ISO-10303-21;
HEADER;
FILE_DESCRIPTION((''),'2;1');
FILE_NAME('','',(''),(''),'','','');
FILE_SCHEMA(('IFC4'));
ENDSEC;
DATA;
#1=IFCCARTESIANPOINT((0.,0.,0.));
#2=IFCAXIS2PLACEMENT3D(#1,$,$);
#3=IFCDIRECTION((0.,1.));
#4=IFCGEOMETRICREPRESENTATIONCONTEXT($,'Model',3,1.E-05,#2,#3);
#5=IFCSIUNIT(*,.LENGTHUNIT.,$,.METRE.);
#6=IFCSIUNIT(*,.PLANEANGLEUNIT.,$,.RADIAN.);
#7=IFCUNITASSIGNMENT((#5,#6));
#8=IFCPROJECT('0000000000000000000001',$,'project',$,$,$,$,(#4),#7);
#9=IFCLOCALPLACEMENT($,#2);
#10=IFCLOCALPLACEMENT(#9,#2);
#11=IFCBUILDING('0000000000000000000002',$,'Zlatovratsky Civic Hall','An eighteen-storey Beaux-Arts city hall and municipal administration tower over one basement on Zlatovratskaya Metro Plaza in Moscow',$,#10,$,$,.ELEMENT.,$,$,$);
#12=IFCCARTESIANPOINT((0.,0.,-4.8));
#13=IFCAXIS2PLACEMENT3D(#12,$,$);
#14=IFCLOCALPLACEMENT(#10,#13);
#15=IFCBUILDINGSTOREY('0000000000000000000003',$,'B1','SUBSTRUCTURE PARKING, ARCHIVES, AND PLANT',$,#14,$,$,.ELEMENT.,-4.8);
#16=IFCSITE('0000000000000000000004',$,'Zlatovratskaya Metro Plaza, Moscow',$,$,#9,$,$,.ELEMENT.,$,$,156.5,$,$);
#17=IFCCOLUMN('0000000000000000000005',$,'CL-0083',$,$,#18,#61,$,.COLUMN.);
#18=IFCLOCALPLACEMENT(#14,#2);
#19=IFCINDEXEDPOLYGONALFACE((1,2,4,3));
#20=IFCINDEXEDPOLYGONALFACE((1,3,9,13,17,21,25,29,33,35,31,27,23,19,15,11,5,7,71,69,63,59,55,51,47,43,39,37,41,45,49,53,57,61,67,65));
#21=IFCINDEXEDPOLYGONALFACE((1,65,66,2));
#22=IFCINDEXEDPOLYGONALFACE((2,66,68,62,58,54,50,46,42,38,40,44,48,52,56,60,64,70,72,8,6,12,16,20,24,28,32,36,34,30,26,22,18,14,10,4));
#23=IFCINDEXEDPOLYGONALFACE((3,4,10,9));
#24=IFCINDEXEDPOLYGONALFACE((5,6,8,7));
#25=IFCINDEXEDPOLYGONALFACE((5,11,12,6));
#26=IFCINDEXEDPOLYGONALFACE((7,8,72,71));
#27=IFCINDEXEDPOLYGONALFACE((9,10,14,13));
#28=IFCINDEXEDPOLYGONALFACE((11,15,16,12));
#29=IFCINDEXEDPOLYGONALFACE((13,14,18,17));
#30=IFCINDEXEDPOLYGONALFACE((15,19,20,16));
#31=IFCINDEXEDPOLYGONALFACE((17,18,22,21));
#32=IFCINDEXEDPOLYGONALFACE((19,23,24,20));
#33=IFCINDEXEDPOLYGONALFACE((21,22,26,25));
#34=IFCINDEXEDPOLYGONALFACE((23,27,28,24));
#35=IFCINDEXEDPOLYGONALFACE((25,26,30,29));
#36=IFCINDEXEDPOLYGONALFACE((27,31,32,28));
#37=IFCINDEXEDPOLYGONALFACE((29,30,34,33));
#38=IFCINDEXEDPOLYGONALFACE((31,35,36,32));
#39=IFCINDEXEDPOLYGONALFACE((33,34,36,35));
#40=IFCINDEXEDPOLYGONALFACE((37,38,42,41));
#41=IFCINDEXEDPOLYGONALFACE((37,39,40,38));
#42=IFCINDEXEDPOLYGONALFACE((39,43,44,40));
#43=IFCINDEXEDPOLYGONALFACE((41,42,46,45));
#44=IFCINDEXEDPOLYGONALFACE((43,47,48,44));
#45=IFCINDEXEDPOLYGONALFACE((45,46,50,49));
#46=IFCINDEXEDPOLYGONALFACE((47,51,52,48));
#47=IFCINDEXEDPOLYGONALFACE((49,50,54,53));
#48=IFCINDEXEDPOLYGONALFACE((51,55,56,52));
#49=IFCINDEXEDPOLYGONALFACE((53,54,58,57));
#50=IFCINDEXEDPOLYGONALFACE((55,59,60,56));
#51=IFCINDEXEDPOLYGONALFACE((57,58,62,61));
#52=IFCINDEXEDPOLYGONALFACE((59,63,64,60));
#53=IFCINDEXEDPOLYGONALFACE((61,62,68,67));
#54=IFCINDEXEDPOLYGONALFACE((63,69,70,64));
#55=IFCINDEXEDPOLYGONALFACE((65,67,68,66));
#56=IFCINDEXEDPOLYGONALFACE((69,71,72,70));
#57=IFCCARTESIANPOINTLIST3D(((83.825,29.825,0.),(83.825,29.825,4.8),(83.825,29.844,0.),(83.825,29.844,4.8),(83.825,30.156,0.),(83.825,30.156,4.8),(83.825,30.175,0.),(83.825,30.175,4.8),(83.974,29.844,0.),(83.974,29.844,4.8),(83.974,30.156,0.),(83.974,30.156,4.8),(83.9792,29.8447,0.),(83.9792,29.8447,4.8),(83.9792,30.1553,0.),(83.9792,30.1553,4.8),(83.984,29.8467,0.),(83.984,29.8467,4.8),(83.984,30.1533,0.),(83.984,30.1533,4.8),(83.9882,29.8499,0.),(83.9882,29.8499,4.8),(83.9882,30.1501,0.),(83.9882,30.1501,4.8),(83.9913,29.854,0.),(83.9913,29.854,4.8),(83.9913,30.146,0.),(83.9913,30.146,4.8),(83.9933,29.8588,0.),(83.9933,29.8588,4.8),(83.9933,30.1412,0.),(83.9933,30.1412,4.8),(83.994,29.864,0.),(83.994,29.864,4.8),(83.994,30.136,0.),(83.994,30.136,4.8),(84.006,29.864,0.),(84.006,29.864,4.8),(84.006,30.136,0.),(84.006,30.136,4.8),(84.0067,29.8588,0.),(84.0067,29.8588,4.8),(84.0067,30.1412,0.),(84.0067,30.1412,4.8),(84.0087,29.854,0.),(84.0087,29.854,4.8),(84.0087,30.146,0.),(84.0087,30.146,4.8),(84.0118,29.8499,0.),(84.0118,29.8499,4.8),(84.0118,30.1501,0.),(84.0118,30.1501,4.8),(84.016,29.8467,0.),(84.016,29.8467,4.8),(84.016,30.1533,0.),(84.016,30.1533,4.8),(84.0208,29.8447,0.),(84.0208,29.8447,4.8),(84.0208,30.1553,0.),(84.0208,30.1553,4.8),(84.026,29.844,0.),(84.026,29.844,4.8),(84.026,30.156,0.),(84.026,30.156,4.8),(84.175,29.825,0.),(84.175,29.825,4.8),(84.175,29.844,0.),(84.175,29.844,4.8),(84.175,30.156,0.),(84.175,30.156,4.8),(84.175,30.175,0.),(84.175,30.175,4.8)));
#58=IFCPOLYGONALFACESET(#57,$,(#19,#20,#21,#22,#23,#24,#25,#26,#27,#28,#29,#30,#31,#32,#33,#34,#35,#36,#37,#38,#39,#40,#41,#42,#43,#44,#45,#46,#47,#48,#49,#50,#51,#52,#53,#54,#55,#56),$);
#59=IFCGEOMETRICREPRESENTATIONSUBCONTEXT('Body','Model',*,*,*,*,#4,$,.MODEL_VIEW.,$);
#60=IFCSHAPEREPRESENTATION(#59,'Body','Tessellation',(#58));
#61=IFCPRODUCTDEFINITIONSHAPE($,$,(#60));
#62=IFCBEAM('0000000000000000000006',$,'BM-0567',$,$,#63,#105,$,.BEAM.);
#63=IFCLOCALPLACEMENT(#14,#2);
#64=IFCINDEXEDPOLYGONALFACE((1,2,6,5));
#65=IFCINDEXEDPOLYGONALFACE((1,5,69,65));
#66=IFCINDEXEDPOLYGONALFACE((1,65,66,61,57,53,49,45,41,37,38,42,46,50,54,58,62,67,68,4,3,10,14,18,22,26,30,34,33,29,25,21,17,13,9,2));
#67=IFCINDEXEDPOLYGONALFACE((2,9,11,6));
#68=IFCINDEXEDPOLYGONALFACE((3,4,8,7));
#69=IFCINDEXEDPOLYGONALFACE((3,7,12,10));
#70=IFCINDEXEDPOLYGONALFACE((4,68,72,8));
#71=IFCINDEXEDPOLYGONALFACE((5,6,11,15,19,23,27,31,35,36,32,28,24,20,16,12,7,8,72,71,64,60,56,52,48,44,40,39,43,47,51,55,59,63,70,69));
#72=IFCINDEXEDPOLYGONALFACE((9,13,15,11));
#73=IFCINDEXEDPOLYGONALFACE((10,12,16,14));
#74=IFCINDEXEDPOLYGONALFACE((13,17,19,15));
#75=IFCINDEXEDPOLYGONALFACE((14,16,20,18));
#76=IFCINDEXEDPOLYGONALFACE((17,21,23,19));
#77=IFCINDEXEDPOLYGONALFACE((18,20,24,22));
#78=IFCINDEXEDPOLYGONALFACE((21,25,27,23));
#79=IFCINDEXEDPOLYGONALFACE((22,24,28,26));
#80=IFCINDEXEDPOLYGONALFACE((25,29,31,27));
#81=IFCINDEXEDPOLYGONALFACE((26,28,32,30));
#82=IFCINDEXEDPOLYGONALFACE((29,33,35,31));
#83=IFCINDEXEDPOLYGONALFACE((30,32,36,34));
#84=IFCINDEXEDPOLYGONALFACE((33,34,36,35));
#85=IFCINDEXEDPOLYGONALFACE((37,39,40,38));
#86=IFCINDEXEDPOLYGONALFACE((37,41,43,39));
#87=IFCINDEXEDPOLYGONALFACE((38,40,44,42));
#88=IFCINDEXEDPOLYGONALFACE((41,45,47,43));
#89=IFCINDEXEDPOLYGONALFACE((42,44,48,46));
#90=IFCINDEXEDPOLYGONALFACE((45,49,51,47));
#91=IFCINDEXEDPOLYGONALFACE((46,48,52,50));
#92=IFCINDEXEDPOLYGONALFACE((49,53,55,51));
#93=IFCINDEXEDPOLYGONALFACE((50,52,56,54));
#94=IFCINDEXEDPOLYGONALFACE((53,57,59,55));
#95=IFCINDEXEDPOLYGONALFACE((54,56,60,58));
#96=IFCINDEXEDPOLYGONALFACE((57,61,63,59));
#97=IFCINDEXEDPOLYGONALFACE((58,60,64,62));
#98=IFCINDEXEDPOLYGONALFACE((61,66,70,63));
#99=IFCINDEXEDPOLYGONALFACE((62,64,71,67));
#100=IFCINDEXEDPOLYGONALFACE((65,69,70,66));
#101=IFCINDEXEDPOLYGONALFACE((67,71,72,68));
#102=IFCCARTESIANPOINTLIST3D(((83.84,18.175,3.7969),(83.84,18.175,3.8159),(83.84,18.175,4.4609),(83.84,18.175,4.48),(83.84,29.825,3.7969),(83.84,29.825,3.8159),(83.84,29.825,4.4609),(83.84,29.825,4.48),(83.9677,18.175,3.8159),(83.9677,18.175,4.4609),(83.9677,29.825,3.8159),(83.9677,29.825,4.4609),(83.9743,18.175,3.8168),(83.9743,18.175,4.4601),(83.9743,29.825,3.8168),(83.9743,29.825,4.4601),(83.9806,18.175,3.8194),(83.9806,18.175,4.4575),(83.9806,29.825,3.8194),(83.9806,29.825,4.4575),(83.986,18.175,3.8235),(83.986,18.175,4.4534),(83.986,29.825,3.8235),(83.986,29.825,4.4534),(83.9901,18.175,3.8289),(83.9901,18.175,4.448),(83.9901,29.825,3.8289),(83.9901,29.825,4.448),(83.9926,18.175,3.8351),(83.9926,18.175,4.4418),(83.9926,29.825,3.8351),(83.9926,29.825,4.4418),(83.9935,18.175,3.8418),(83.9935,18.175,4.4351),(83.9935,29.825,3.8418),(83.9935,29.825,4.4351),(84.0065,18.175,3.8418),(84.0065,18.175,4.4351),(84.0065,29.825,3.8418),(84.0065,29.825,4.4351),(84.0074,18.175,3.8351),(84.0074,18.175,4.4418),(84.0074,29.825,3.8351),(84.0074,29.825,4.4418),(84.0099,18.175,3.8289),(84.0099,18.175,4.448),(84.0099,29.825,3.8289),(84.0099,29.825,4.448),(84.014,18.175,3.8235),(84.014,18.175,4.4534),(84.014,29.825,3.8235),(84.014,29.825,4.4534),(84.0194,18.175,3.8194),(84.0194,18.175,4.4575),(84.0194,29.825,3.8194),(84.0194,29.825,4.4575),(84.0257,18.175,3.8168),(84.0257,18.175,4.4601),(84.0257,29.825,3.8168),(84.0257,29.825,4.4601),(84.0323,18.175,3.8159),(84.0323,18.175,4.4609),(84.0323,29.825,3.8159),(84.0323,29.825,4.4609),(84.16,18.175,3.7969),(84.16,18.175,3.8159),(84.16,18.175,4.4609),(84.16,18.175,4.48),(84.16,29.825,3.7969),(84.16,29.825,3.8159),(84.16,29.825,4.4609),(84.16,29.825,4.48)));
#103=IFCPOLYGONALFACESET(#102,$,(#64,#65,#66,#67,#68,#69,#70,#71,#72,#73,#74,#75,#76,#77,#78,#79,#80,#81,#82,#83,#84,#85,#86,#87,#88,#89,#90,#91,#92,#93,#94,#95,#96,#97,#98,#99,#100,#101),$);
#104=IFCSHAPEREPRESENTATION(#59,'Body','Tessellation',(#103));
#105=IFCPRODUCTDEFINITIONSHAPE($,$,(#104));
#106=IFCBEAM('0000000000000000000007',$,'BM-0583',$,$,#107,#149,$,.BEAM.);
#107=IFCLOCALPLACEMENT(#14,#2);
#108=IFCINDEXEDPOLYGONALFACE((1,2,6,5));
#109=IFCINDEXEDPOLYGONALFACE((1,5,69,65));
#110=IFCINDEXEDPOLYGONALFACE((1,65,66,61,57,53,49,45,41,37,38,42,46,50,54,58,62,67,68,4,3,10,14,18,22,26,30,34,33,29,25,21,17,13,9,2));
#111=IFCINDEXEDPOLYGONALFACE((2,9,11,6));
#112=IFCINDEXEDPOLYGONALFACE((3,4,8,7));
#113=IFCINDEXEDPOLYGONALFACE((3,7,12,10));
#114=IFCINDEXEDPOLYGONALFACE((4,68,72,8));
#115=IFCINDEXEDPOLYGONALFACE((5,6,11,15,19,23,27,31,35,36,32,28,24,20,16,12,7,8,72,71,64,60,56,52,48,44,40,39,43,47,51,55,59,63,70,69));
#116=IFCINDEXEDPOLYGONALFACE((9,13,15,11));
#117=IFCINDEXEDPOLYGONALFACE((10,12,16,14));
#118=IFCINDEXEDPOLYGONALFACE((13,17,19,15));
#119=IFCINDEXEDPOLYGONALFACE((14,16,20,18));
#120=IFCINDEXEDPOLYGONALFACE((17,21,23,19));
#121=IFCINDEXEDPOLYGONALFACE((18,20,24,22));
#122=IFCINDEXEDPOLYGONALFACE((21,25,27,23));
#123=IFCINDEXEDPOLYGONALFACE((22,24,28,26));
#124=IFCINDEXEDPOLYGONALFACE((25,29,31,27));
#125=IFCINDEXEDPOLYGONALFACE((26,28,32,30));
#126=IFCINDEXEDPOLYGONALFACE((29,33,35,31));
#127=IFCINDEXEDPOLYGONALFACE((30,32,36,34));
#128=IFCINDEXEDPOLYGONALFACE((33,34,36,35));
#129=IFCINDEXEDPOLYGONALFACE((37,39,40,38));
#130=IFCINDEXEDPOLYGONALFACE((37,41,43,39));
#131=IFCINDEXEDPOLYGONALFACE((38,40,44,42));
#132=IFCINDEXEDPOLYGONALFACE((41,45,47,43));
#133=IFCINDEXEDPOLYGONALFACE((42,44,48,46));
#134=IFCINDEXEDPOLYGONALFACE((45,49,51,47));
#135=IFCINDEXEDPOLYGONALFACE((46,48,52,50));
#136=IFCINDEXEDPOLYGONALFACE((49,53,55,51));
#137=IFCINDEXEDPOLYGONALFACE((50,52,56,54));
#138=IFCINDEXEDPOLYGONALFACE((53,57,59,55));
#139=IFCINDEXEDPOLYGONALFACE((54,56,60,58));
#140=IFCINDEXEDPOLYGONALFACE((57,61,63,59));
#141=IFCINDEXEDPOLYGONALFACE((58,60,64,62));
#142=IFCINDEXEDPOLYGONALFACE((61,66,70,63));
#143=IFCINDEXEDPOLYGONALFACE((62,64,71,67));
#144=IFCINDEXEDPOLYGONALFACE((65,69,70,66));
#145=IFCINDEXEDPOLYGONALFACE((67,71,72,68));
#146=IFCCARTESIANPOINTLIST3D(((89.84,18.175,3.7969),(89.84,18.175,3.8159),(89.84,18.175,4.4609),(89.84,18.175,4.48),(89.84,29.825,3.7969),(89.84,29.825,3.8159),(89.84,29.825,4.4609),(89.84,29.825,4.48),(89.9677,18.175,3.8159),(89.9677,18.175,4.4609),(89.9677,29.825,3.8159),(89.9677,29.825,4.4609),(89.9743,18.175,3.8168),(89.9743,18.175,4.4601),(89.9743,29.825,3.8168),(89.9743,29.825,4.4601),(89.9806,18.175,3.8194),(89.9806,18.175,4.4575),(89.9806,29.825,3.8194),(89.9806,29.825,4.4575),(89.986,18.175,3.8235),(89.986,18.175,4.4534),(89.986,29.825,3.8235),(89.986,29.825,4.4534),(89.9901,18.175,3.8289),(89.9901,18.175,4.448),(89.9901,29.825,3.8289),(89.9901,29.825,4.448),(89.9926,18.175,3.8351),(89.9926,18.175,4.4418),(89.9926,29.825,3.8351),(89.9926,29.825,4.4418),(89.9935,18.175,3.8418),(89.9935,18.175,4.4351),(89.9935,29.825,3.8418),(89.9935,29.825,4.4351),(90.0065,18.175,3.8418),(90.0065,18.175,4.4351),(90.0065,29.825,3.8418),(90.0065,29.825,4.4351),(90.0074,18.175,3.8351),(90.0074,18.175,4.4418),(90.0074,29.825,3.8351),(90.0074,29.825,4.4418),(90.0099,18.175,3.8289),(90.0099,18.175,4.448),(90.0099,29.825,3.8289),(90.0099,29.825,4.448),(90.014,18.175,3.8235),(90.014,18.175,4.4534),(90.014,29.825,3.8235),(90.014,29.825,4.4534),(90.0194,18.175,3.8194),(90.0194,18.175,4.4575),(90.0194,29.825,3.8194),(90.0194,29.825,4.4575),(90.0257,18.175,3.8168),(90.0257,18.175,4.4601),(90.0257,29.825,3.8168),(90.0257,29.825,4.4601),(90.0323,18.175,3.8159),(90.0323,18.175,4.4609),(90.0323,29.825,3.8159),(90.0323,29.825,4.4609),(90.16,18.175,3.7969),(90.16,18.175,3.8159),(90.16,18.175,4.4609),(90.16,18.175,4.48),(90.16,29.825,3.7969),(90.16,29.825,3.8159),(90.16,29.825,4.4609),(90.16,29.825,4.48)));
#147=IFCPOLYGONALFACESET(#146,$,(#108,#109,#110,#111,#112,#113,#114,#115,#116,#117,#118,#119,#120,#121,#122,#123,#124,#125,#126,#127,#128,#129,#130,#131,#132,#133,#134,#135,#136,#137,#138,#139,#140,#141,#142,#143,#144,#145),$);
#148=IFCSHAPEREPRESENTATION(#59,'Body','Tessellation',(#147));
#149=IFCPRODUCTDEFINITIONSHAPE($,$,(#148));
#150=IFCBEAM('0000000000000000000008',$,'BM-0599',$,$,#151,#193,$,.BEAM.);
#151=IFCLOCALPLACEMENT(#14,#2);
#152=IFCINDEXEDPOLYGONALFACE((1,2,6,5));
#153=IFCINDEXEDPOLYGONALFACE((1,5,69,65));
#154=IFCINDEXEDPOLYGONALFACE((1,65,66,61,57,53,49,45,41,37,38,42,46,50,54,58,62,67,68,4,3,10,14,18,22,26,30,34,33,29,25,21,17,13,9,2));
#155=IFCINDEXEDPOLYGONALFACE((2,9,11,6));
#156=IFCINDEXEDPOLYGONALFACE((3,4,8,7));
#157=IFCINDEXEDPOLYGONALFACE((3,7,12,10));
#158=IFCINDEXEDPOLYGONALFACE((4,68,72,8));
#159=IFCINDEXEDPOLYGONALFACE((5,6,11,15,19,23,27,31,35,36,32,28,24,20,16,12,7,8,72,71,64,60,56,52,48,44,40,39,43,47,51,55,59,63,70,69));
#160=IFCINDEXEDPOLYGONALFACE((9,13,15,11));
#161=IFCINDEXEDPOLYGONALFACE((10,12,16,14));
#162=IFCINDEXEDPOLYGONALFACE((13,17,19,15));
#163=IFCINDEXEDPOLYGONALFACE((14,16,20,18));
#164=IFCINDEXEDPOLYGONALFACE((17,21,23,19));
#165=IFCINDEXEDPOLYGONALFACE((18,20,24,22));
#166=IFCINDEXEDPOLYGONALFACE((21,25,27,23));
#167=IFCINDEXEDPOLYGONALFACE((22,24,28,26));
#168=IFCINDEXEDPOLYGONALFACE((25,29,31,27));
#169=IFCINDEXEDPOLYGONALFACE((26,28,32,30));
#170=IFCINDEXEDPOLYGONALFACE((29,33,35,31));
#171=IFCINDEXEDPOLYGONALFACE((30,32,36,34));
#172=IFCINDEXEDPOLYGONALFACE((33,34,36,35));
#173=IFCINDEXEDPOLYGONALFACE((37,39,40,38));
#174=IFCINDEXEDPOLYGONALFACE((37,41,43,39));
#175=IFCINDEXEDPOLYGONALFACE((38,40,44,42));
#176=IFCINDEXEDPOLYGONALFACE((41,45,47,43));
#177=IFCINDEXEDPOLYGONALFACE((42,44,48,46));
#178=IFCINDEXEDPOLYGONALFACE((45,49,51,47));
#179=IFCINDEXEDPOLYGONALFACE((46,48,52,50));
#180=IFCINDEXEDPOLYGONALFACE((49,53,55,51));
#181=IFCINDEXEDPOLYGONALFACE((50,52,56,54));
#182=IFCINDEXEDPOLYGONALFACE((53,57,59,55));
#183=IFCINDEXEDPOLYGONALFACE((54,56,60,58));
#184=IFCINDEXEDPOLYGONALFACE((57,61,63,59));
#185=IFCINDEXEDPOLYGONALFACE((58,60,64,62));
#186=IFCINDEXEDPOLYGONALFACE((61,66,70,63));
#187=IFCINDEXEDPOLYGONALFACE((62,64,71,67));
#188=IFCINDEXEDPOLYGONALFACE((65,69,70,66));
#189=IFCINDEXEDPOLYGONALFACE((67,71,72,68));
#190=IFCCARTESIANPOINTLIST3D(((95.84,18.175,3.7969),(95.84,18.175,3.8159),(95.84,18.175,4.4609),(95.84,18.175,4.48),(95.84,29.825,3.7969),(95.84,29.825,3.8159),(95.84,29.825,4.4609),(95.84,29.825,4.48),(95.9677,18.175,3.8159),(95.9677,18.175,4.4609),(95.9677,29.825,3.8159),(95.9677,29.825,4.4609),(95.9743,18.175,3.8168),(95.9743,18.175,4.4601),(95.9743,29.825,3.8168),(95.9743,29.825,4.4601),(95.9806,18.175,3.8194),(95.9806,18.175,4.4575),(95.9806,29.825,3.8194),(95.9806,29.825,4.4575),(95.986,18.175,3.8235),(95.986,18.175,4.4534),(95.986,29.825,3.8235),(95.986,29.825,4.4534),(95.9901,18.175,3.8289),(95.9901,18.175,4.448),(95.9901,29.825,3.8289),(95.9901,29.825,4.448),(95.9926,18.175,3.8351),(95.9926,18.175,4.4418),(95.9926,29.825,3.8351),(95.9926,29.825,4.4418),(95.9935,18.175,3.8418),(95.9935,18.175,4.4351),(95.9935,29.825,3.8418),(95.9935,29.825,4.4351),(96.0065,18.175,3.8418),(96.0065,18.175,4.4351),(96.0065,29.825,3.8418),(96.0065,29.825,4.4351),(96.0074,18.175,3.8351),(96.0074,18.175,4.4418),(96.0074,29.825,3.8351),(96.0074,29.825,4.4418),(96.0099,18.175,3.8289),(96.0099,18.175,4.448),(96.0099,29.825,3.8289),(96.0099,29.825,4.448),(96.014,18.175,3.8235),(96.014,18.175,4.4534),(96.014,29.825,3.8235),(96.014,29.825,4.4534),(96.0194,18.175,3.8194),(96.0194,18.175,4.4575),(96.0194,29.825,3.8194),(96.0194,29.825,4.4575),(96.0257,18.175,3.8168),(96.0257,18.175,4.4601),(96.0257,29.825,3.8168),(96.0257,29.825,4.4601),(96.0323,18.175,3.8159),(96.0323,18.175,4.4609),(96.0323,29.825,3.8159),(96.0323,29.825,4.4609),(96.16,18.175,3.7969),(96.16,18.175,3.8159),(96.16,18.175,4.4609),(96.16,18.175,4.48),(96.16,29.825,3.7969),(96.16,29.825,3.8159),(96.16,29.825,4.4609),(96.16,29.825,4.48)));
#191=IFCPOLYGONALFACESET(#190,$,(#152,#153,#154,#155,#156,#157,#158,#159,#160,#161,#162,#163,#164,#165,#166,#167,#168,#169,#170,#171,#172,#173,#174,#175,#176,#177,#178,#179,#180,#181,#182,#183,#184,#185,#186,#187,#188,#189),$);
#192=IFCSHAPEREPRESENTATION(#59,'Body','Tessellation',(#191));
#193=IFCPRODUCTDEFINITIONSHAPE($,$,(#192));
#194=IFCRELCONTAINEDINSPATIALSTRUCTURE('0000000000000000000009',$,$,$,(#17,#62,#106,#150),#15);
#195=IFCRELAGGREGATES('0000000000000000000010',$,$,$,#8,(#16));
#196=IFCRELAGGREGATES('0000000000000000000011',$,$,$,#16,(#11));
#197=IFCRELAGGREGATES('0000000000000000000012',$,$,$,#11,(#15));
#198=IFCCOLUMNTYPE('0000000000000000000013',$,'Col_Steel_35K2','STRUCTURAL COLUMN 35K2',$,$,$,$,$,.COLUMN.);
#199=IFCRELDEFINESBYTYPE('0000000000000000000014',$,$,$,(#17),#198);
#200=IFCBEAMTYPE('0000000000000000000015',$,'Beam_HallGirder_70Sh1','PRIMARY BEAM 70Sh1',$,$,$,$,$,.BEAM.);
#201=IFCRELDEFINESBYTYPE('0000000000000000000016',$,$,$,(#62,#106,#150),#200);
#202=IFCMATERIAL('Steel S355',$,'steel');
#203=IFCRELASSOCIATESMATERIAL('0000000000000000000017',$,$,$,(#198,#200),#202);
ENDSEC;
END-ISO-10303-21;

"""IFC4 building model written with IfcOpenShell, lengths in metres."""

from ifc_helpers import new_model, si_unit, direction, frame, origin, origin_2d, place, context, subcontext, project, spatial, i_section, extrude, material, material_profile, profile_set, type_object, element, save


model = new_model("IFC4")

# Units and contexts
model_context = context("Model", 3, precision=1e-05, world=origin(), true_north=direction((0.0, 1.0)))
body_context = subcontext(model_context, "Body", "Model", "MODEL_VIEW")
ifc_project = project(units=[si_unit("LENGTHUNIT", "METRE"), si_unit("PLANEANGLEUNIT", "RADIAN")], contexts=[model_context])

# Site, building, storey
site_placement = place(None, origin())
site = spatial("IfcSite", under=ifc_project, at=site_placement, Name="Zlatovratskaya Metro Plaza, Moscow", CompositionType="ELEMENT", RefElevation=156.5)
building_placement = place(site_placement, origin())
building = spatial("IfcBuilding", under=site, at=building_placement, Name="Zlatovratsky Civic Hall", Description="An eighteen-storey Beaux-Arts city hall and municipal administration tower over one basement on Zlatovratskaya Metro Plaza in Moscow", CompositionType="ELEMENT")
storey_placement = place(building_placement, frame((0.0, 0.0, -4.8)))
storey = spatial("IfcBuildingStorey", under=building, at=storey_placement, Name="B1", Description="SUBSTRUCTURE PARKING, ARCHIVES, AND PLANT", CompositionType="ELEMENT", Elevation=-4.8)

# Column
ifc_material_1 = material(Name="Steel S355", Category="steel")
ifc_material_profile_1 = material_profile(ifc_material_1, i_section(OverallWidth=0.3501, OverallDepth=0.3501, WebThickness=0.012, FlangeThickness=0.019, FilletRadius=0.02, at=origin_2d()), Name="35K2")
ifc_profile_set_1 = profile_set([ifc_material_profile_1], Name="Steel S355")
column_type_1 = type_object("IfcColumnType", Name="Col_Steel_35K2", Description="STRUCTURAL COLUMN 35K2", PredefinedType="COLUMN", material=ifc_profile_set_1)
column_placement = place(storey_placement, frame((84.0, 30.0, 0.0), z_axis=(0.0, 0.0, 1.0), x_axis=(1.0, 0.0, 0.0)))
element("IfcColumn", 1, at=column_placement, inside=storey, type_object=column_type_1, Name="CL-0083", PredefinedType="COLUMN", context=body_context, shape_type="SweptSolid", body=[
    extrude(i_section(OverallWidth=0.3501, OverallDepth=0.3501, WebThickness=0.012, FlangeThickness=0.019, FilletRadius=0.02, at=origin_2d()), origin(), (0.0, 0.0, 1.0), 4.8),
])

# Beams
ifc_material_profile_2 = material_profile(ifc_material_1, i_section(OverallWidth=0.3201, OverallDepth=0.6831, WebThickness=0.0129, FlangeThickness=0.019, FilletRadius=0.0259, at=origin_2d()), Name="70Sh1")
ifc_profile_set_2 = profile_set([ifc_material_profile_2], Name="Steel S355")
beam_type = type_object("IfcBeamType", Name="Beam_HallGirder_70Sh1", Description="PRIMARY BEAM 70Sh1", PredefinedType="BEAM", material=ifc_profile_set_2)
for number, where, z_axis, x_axis, name in (
    (2, (84.0, 18.175, 4.1384), (0.0, 1.0, 0.0), (-1.0, 0.0, 0.0), "BM-0567"),
    (3, (90.0, 18.175, 4.1384), (0.0, 1.0, 0.0), (-1.0, 0.0, 0.0), "BM-0583"),
    (4, (96.0, 18.175, 4.1384), (0.0, 1.0, 0.0), (-1.0, 0.0, 0.0), "BM-0599"),
):
    element("IfcBeam", number, at=place(storey_placement, frame(where, z_axis=z_axis, x_axis=x_axis)), inside=storey, type_object=beam_type, Name=name, PredefinedType="BEAM", context=body_context, shape_type="SweptSolid", body=[
        extrude(i_section(OverallWidth=0.3201, OverallDepth=0.6831, WebThickness=0.0129, FlangeThickness=0.019, FilletRadius=0.0259, at=origin_2d()), origin(), (0.0, 0.0, 1.0), 11.6499),
    ])

save(model, "model.ifc")
